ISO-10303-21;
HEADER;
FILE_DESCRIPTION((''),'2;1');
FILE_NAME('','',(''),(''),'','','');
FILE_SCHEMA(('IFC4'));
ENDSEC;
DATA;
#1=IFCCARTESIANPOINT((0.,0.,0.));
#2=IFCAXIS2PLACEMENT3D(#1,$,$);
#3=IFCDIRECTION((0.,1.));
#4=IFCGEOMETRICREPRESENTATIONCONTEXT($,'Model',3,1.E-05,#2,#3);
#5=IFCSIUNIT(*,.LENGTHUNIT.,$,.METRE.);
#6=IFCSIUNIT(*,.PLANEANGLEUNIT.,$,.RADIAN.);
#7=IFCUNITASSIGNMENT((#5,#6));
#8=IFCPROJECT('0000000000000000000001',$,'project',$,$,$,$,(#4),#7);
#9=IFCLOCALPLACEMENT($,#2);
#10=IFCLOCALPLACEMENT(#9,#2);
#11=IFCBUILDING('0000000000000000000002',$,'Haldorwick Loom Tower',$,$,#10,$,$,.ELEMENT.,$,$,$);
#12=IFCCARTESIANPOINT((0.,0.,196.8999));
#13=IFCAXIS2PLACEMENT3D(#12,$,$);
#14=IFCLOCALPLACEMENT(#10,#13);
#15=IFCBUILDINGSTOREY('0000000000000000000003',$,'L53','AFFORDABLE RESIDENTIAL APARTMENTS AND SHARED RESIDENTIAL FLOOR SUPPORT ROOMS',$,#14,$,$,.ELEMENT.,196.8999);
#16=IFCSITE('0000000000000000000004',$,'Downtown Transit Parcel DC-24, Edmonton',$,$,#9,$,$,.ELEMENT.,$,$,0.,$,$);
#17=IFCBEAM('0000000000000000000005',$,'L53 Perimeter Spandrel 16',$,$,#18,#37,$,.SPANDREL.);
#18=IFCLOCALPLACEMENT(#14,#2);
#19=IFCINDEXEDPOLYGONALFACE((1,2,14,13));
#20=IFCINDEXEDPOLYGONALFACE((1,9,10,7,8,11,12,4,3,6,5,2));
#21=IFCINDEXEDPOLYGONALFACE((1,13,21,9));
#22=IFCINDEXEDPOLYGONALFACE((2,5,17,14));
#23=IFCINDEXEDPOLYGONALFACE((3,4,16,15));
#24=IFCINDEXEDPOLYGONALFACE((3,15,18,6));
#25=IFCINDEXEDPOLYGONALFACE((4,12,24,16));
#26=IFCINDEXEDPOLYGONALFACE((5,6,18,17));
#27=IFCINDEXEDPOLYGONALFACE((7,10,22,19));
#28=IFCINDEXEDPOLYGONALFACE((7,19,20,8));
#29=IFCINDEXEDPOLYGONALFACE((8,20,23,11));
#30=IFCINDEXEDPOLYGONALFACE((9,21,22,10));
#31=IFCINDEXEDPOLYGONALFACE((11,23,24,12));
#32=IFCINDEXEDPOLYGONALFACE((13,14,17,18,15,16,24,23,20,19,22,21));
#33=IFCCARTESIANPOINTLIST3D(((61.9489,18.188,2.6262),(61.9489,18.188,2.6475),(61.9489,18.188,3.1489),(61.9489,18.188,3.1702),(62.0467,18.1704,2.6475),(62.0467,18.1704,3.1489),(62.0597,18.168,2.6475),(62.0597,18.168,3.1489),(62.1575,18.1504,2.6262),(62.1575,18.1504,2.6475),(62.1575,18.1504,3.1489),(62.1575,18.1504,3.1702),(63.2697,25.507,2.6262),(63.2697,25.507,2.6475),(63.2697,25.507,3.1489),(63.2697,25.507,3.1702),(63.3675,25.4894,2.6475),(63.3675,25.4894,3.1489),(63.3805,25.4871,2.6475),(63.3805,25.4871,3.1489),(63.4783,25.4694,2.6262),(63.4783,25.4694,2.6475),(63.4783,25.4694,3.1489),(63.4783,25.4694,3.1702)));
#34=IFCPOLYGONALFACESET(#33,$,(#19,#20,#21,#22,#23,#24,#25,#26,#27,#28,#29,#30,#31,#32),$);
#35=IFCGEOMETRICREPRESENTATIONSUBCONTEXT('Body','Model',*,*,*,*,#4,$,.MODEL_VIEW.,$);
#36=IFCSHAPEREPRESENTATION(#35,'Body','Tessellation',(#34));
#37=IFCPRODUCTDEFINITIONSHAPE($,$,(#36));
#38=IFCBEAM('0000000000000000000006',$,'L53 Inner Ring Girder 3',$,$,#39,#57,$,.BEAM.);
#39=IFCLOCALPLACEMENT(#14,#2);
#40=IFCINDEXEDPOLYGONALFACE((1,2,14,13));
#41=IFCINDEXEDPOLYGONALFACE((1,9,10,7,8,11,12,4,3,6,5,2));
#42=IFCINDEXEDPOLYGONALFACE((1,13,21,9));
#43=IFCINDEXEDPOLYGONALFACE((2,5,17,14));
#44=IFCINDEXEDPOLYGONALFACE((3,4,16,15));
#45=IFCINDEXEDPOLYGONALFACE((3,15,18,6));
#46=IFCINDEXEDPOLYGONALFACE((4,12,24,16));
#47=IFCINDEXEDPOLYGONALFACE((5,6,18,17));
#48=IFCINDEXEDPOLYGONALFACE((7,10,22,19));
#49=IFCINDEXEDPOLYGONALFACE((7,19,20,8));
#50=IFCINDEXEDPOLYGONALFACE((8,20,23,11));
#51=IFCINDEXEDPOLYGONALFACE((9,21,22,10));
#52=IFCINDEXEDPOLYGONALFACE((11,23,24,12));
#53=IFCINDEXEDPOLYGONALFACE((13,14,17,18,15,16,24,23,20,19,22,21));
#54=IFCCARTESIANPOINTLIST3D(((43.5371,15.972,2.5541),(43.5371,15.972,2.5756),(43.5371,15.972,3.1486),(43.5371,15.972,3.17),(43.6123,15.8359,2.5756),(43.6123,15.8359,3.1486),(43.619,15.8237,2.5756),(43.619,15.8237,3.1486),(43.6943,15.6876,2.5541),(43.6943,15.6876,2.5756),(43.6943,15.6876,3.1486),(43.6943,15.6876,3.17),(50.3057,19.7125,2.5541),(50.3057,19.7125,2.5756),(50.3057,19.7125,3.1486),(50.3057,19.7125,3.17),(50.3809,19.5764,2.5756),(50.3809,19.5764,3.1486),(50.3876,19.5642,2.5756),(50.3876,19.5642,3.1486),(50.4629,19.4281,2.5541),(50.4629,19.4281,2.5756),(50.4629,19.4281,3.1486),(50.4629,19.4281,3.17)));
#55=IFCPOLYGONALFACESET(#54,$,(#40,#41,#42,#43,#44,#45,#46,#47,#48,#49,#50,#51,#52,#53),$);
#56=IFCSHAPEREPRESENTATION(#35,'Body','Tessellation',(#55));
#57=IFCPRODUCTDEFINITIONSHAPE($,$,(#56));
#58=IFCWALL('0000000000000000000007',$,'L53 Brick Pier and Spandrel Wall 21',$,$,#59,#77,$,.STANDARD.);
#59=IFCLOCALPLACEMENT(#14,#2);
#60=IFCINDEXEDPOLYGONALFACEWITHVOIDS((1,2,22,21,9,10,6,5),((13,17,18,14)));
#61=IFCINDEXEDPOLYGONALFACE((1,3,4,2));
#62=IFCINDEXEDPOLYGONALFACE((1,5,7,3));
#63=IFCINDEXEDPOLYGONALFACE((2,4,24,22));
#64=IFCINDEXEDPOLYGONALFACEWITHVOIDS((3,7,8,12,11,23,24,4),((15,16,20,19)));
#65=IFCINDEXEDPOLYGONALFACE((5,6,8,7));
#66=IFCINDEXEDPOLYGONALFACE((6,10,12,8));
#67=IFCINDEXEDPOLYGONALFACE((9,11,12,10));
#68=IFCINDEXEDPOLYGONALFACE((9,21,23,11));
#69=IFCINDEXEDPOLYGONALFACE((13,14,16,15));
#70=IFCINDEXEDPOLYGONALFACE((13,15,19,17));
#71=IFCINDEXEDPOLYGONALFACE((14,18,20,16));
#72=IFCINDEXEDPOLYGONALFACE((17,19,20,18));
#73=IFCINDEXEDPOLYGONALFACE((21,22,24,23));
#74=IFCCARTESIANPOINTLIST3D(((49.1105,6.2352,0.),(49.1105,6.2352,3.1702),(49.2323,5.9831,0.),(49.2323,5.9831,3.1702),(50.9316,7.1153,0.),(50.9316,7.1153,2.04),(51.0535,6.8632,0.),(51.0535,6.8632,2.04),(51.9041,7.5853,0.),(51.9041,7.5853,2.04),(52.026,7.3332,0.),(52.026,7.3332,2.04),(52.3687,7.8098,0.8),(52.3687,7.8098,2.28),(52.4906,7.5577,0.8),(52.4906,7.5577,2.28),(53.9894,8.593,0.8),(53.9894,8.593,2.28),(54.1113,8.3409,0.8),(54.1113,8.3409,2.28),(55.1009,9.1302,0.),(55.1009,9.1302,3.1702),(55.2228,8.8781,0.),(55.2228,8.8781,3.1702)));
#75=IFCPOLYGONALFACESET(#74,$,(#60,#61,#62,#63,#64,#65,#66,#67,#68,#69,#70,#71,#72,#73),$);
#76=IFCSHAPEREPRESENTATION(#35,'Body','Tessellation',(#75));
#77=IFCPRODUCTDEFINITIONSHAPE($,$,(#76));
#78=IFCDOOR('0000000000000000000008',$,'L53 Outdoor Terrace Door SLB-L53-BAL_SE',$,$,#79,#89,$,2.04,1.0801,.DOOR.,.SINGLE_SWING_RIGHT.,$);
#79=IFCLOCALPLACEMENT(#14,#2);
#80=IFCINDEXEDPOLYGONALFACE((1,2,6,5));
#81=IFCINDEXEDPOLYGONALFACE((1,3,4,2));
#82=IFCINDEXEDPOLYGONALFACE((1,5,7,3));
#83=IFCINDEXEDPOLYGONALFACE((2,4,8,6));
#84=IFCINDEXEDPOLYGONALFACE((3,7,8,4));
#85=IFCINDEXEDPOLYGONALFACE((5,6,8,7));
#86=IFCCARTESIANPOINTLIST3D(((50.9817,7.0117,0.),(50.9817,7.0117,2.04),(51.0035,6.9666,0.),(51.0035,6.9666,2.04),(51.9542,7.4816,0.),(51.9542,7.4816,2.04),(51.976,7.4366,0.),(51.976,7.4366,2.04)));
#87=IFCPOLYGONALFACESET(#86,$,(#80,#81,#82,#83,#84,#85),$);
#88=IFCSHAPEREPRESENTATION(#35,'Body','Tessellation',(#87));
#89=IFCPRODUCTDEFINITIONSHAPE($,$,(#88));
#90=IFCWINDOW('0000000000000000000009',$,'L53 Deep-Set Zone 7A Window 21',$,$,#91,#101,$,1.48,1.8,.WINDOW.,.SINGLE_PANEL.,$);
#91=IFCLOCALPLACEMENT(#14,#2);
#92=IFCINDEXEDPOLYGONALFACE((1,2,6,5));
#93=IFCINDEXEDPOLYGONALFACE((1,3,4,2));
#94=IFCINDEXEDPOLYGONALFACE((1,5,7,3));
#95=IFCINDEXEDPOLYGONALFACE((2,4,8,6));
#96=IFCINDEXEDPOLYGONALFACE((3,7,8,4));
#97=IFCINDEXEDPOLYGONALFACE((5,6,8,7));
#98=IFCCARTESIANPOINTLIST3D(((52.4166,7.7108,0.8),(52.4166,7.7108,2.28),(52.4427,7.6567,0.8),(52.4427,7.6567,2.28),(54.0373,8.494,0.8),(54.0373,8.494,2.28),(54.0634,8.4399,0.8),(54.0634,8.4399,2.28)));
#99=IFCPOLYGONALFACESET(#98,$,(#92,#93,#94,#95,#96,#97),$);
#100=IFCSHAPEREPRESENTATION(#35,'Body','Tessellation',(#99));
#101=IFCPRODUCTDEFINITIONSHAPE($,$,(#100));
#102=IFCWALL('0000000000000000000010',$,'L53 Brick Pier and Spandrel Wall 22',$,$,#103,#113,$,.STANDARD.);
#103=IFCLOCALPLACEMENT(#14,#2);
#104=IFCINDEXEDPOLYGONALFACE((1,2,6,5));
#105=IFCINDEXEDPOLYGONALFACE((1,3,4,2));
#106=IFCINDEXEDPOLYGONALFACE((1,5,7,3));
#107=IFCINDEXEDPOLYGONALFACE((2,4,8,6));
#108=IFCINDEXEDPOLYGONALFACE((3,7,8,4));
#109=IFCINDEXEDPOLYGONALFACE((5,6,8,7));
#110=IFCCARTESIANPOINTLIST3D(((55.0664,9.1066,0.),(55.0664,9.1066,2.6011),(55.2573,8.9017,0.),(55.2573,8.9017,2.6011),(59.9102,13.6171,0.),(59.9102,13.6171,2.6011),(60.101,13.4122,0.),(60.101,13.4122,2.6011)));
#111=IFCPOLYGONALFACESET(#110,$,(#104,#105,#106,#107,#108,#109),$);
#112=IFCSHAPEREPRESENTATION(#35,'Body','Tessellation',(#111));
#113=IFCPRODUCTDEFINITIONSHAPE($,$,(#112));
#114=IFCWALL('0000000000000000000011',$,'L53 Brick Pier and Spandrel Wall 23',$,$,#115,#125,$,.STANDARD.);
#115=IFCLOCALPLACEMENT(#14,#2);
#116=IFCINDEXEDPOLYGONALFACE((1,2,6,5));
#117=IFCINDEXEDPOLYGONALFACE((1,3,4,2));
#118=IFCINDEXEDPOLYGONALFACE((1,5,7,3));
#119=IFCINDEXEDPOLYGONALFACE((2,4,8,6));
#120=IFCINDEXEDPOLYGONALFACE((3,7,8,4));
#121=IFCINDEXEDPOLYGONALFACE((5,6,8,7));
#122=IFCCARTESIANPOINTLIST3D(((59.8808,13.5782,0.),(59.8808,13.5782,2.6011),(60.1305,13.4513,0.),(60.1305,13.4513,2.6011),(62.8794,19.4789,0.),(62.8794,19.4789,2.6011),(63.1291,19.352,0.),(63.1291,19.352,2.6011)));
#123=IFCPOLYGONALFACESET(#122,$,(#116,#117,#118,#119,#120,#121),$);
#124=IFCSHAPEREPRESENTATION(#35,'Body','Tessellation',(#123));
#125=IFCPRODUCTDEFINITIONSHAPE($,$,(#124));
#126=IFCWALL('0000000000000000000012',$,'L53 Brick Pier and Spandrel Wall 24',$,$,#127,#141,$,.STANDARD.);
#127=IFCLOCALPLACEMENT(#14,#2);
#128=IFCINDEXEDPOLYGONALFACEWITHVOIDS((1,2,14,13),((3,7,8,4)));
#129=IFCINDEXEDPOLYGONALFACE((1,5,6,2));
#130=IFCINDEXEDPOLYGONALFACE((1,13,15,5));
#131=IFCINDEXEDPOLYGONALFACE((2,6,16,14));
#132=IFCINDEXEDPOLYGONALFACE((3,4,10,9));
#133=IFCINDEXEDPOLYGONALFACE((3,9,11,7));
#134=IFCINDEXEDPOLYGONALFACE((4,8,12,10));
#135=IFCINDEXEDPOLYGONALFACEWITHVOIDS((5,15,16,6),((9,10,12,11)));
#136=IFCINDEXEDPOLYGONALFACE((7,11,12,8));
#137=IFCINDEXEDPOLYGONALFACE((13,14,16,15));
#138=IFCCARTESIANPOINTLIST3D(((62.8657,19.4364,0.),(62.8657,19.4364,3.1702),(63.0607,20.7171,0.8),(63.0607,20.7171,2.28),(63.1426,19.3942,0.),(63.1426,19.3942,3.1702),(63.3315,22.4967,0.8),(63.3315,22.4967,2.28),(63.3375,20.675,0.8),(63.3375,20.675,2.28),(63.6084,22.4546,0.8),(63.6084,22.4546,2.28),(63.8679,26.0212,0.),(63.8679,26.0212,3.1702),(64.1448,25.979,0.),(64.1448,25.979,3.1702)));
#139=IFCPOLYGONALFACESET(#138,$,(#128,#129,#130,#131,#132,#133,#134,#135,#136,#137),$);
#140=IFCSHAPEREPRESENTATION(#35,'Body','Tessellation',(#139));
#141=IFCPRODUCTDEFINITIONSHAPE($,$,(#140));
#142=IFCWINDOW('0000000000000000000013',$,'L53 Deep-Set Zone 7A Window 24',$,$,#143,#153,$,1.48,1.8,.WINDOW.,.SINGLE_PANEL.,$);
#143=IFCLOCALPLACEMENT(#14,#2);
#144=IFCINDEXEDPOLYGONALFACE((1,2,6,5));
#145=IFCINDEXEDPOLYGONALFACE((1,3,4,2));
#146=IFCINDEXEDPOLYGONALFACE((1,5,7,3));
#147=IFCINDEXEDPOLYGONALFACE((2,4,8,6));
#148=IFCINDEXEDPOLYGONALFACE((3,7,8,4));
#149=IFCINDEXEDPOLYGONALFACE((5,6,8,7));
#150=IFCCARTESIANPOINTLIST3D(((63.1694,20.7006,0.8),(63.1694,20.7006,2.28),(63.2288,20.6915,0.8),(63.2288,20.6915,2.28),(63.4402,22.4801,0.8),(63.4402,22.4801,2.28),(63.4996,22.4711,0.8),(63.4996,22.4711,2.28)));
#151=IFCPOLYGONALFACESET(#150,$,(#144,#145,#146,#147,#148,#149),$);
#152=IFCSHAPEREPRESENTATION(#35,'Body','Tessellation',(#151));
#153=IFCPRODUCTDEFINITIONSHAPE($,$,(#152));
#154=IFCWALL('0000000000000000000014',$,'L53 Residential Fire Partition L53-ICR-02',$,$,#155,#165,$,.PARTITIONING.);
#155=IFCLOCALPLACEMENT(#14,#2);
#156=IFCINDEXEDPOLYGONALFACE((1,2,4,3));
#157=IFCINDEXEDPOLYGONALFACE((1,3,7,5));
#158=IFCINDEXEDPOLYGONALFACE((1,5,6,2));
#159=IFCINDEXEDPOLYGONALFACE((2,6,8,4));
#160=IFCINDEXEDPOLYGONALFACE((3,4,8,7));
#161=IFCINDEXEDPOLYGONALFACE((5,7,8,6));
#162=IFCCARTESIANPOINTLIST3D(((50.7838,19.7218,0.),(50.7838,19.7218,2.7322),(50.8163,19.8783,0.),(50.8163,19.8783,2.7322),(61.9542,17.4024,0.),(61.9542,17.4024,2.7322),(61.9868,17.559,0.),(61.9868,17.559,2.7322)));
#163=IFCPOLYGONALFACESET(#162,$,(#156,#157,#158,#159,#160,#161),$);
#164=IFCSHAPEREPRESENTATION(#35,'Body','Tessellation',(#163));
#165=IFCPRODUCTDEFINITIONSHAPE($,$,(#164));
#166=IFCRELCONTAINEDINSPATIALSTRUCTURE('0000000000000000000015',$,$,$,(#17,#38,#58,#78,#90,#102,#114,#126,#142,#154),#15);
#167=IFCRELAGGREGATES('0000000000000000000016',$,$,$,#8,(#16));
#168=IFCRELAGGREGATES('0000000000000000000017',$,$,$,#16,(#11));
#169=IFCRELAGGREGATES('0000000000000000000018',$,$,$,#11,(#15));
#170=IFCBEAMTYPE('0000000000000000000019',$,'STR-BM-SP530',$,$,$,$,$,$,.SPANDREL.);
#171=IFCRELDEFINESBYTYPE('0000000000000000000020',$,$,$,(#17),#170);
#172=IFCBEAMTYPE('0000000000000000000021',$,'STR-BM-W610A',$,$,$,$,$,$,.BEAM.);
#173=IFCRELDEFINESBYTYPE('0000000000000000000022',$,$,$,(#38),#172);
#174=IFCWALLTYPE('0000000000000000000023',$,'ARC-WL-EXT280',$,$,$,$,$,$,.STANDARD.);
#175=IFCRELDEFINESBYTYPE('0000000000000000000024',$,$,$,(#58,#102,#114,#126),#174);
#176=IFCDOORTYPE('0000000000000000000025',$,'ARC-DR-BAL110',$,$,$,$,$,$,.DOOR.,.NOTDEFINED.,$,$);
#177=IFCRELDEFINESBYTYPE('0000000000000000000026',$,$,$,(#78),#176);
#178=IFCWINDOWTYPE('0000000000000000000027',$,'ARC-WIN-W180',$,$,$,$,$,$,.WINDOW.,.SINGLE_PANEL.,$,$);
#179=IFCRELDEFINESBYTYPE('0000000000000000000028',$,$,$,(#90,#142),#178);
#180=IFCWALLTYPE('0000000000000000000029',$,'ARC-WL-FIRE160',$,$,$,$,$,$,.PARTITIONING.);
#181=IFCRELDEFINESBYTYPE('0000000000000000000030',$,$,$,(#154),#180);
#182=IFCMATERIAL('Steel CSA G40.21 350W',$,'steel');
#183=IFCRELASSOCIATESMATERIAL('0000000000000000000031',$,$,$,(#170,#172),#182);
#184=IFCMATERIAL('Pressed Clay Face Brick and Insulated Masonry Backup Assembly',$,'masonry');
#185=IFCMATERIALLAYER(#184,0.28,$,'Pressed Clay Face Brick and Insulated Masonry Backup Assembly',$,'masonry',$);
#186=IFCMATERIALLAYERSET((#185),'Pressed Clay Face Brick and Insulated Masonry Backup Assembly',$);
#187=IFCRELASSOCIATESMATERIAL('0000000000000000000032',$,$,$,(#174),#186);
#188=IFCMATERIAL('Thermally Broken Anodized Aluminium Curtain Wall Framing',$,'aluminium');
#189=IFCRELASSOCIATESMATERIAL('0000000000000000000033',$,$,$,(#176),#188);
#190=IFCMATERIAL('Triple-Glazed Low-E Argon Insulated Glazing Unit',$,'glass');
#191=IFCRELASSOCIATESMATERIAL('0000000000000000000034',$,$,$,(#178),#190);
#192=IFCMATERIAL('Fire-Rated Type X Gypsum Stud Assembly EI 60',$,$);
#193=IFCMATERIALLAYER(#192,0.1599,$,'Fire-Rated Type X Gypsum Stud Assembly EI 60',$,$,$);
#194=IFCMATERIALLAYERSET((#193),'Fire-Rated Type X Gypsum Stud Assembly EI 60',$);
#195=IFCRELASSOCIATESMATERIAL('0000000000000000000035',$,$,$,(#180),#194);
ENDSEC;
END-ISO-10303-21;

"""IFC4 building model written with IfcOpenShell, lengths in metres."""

from ifc_helpers import new_model, si_unit, direction, frame, frame_2d, origin, origin_2d, place, context, subcontext, project, spatial, rectangle, i_section, extrude, material, layer, layer_set, material_profile, profile_set, type_object, element, fill, save


model = new_model("IFC4")

# Units and contexts
model_context = context("Model", 3, precision=1e-05, world=origin(), true_north=direction((0.0, 1.0)))
body_context = subcontext(model_context, "Body", "Model", "MODEL_VIEW")
ifc_project = project(units=[si_unit("LENGTHUNIT", "METRE"), si_unit("PLANEANGLEUNIT", "RADIAN")], contexts=[model_context])

# Site, building, storey
site_placement = place(None, origin())
site = spatial("IfcSite", under=ifc_project, at=site_placement, Name="Downtown Transit Parcel DC-24, Edmonton", CompositionType="ELEMENT", RefElevation=0.0)
building_placement = place(site_placement, origin())
building = spatial("IfcBuilding", under=site, at=building_placement, Name="Haldorwick Loom Tower", CompositionType="ELEMENT")
storey_placement = place(building_placement, frame((0.0, 0.0, 196.8999)))
storey = spatial("IfcBuildingStorey", under=building, at=storey_placement, Name="L53", Description="AFFORDABLE RESIDENTIAL APARTMENTS AND SHARED RESIDENTIAL FLOOR SUPPORT ROOMS", CompositionType="ELEMENT", Elevation=196.8999)

# Beams
ifc_material_1 = material(Name="Steel CSA G40.21 350W", Category="steel")
ifc_material_profile_1 = material_profile(ifc_material_1, i_section(OverallWidth=0.2119, OverallDepth=0.5439, WebThickness=0.0132, FlangeThickness=0.0212, at=origin_2d()), Name="W530X123", Category="steel")
ifc_profile_set_1 = profile_set([ifc_material_profile_1], Name="Steel CSA G40.21 350W")
beam_type_1 = type_object("IfcBeamType", Name="STR-BM-SP530", PredefinedType="SPANDREL", material=ifc_profile_set_1)
beam_1_placement = place(storey_placement, frame((62.0532, 18.1692, 2.8982), z_axis=(0.177591, 0.984104, 0.0), x_axis=(-0.984104, 0.177591, 0.0)))
element("IfcBeam", 1, at=beam_1_placement, inside=storey, type_object=beam_type_1, Name="L53 Perimeter Spandrel 16", PredefinedType="SPANDREL", context=body_context, shape_type="SweptSolid", body=[
    extrude(i_section(OverallWidth=0.2119, OverallDepth=0.5439, WebThickness=0.0132, FlangeThickness=0.0212, at=origin_2d()), origin(), (0.0, 0.0, 1.0), 7.4373),
])
ifc_material_profile_2 = material_profile(ifc_material_1, i_section(OverallWidth=0.325, OverallDepth=0.616, WebThickness=0.0139, FlangeThickness=0.0215, at=origin_2d()), Name="W610X174", Category="steel")
ifc_profile_set_2 = profile_set([ifc_material_profile_2], Name="Steel CSA G40.21 350W")
beam_type_2 = type_object("IfcBeamType", Name="STR-BM-W610A", PredefinedType="BEAM", material=ifc_profile_set_2)
beam_2_placement = place(storey_placement, frame((50.3843, 19.5703, 2.8621), z_axis=(-0.875244, -0.483682, 0.0), x_axis=(0.483682, -0.875244, 0.0)))
element("IfcBeam", 2, at=beam_2_placement, inside=storey, type_object=beam_type_2, Name="L53 Inner Ring Girder 3", PredefinedType="BEAM", context=body_context, shape_type="SweptSolid", body=[
    extrude(i_section(OverallWidth=0.325, OverallDepth=0.616, WebThickness=0.0139, FlangeThickness=0.0215, at=origin_2d()), origin(), (0.0, 0.0, 1.0), 7.7334),
])

# Wall, openings, door, window
ifc_material_2 = material(Name="Pressed Clay Face Brick and Insulated Masonry Backup Assembly", Category="masonry")
ifc_layer_1 = layer(ifc_material_2, 0.28, Name="Pressed Clay Face Brick and Insulated Masonry Backup Assembly", Category="masonry")
ifc_layer_set_1 = layer_set([ifc_layer_1], Name="Pressed Clay Face Brick and Insulated Masonry Backup Assembly")
wall_type_1 = type_object("IfcWallType", Name="ARC-WL-EXT280", PredefinedType="STANDARD", material=ifc_layer_set_1)
wall_1_placement = place(storey_placement, frame((49.1714, 6.1091, 0.0), z_axis=(0.0, 0.0, 1.0), x_axis=(0.900371, 0.435123, 0.0)))
wall_1 = element("IfcWall", 3, at=wall_1_placement, inside=storey, type_object=wall_type_1, Name="L53 Brick Pier and Spandrel Wall 21", PredefinedType="STANDARD", context=body_context, shape_type="SweptSolid", body=[
    extrude(rectangle(XDim=6.6533, YDim=0.28, at=frame_2d((3.3267, 0.0))), origin(), (0.0, 0.0, 1.0), 3.1702),
])
opening_1_placement = place(wall_1_placement, frame((2.0227, 0.0, 0.0)))
opening_1 = element("IfcOpeningElement", 4, at=opening_1_placement, cuts=wall_1, PredefinedType="OPENING", context=body_context, shape_type="SweptSolid", body=[
    extrude(rectangle(XDim=1.0801, YDim=2.04, at=frame_2d((0.54, 1.02))), frame((0.0, 0.1499, 0.0), z_axis=(0.0, -1.0, 0.0), x_axis=(1.0, 0.0, 0.0)), (0.0, 0.0, 1.0), 0.3),
])
opening_2_placement = place(wall_1_placement, frame((3.6189, 0.0, 0.8)))
opening_2 = element("IfcOpeningElement", 5, at=opening_2_placement, cuts=wall_1, PredefinedType="OPENING", context=body_context, shape_type="SweptSolid", body=[
    extrude(rectangle(XDim=1.8, YDim=1.48, at=frame_2d((0.8999, 0.74))), frame((0.0, 0.1499, 0.0), z_axis=(0.0, -1.0, 0.0), x_axis=(1.0, 0.0, 0.0)), (0.0, 0.0, 1.0), 0.3),
])
ifc_material_3 = material(Name="Thermally Broken Anodized Aluminium Curtain Wall Framing", Category="aluminium")
door_type_1 = type_object("IfcDoorType", Name="ARC-DR-BAL110", OperationType="NOTDEFINED", PredefinedType="DOOR", material=ifc_material_3)
door_1_placement = place(opening_1_placement, origin())
door_1 = element("IfcDoor", 6, at=door_1_placement, inside=storey, type_object=door_type_1, Name="L53 Outdoor Terrace Door SLB-L53-BAL_SE", OperationType="SINGLE_SWING_RIGHT", OverallHeight=2.04, OverallWidth=1.0801, PredefinedType="DOOR", context=body_context, shape_type="SweptSolid", body=[
    extrude(rectangle(XDim=1.0801, YDim=2.04, at=frame_2d((0.54, 1.02))), frame((0.0, 0.0249, 0.0), z_axis=(0.0, -1.0, 0.0), x_axis=(1.0, 0.0, 0.0)), (0.0, 0.0, 1.0), 0.05),
])
fill(opening_1, door_1)
ifc_material_4 = material(Name="Triple-Glazed Low-E Argon Insulated Glazing Unit", Category="glass")
window_type = type_object("IfcWindowType", Name="ARC-WIN-W180", PartitioningType="SINGLE_PANEL", PredefinedType="WINDOW", material=ifc_material_4)
window_1_placement = place(opening_2_placement, origin())
window_1 = element("IfcWindow", 7, at=window_1_placement, inside=storey, type_object=window_type, Name="L53 Deep-Set Zone 7A Window 21", OverallHeight=1.48, OverallWidth=1.8, PartitioningType="SINGLE_PANEL", PredefinedType="WINDOW", context=body_context, shape_type="SweptSolid", body=[
    extrude(rectangle(XDim=1.8, YDim=1.48, at=frame_2d((0.8999, 0.74))), frame((0.0, 0.03, 0.0), z_axis=(0.0, -1.0, 0.0), x_axis=(1.0, 0.0, 0.0)), (0.0, 0.0, 1.0), 0.0601),
])
fill(opening_2, window_1)

# Walls
wall_2_placement = place(storey_placement, frame((55.1619, 9.0042, 0.0), z_axis=(0.0, 0.0, 1.0), x_axis=(0.731834, 0.681483, 0.0)))
element("IfcWall", 8, at=wall_2_placement, inside=storey, type_object=wall_type_1, Name="L53 Brick Pier and Spandrel Wall 22", PredefinedType="STANDARD", context=body_context, shape_type="SweptSolid", body=[
    extrude(rectangle(XDim=6.6187, YDim=0.28, at=frame_2d((3.3093, 0.0))), origin(), (0.0, 0.0, 1.0), 2.6011),
])
wall_3_placement = place(storey_placement, frame((60.0056, 13.5146, 0.0), z_axis=(0.0, 0.0, 1.0), x_axis=(0.453032, 0.891494, 0.0)))
element("IfcWall", 9, at=wall_3_placement, inside=storey, type_object=wall_type_1, Name="L53 Brick Pier and Spandrel Wall 23", PredefinedType="STANDARD", context=body_context, shape_type="SweptSolid", body=[
    extrude(rectangle(XDim=6.6189, YDim=0.28, at=frame_2d((3.3096, 0.0))), origin(), (0.0, 0.0, 1.0), 2.6011),
])

# Wall, opening, window
wall_4_placement = place(storey_placement, frame((63.0042, 19.4153, 0.0), z_axis=(0.0, 0.0, 1.0), x_axis=(0.150468, 0.988615, 0.0)))
wall_4 = element("IfcWall", 10, at=wall_4_placement, inside=storey, type_object=wall_type_1, Name="L53 Brick Pier and Spandrel Wall 24", PredefinedType="STANDARD", context=body_context, shape_type="SweptSolid", body=[
    extrude(rectangle(XDim=6.6606, YDim=0.28, at=frame_2d((3.3303, 0.0))), origin(), (0.0, 0.0, 1.0), 3.1702),
])
opening_3_placement = place(wall_4_placement, frame((1.2957, 0.0, 0.8)))
opening_3 = element("IfcOpeningElement", 11, at=opening_3_placement, cuts=wall_4, PredefinedType="OPENING", context=body_context, shape_type="SweptSolid", body=[
    extrude(rectangle(XDim=1.8, YDim=1.48, at=frame_2d((0.8999, 0.74))), frame((0.0, 0.1499, 0.0), z_axis=(0.0, -1.0, 0.0), x_axis=(1.0, 0.0, 0.0)), (0.0, 0.0, 1.0), 0.3),
])
window_2_placement = place(opening_3_placement, origin())
window_2 = element("IfcWindow", 12, at=window_2_placement, inside=storey, type_object=window_type, Name="L53 Deep-Set Zone 7A Window 24", OverallHeight=1.48, OverallWidth=1.8, PartitioningType="SINGLE_PANEL", PredefinedType="WINDOW", context=body_context, shape_type="SweptSolid", body=[
    extrude(rectangle(XDim=1.8, YDim=1.48, at=frame_2d((0.8999, 0.74))), frame((0.0, 0.03, 0.0), z_axis=(0.0, -1.0, 0.0), x_axis=(1.0, 0.0, 0.0)), (0.0, 0.0, 1.0), 0.0601),
])
fill(opening_3, window_2)

# Wall
ifc_material_5 = material(Name="Fire-Rated Type X Gypsum Stud Assembly EI 60")
ifc_layer_2 = layer(ifc_material_5, 0.1599, Name="Fire-Rated Type X Gypsum Stud Assembly EI 60")
ifc_layer_set_2 = layer_set([ifc_layer_2], Name="Fire-Rated Type X Gypsum Stud Assembly EI 60")
wall_type_2 = type_object("IfcWallType", Name="ARC-WL-FIRE160", PredefinedType="PARTITIONING", material=ifc_layer_set_2)
wall_5_placement = place(storey_placement, frame((50.8, 19.8, 0.0), z_axis=(0.0, 0.0, 1.0), x_axis=(0.979117, -0.203296, 0.0)))
element("IfcWall", 13, at=wall_5_placement, inside=storey, type_object=wall_type_2, Name="L53 Residential Fire Partition L53-ICR-02", PredefinedType="PARTITIONING", context=body_context, shape_type="SweptSolid", body=[
    extrude(rectangle(XDim=11.4087, YDim=0.1599, at=frame_2d((5.7043, 0.0))), origin(), (0.0, 0.0, 1.0), 2.7322),
])

save(model, "model.ifc")
